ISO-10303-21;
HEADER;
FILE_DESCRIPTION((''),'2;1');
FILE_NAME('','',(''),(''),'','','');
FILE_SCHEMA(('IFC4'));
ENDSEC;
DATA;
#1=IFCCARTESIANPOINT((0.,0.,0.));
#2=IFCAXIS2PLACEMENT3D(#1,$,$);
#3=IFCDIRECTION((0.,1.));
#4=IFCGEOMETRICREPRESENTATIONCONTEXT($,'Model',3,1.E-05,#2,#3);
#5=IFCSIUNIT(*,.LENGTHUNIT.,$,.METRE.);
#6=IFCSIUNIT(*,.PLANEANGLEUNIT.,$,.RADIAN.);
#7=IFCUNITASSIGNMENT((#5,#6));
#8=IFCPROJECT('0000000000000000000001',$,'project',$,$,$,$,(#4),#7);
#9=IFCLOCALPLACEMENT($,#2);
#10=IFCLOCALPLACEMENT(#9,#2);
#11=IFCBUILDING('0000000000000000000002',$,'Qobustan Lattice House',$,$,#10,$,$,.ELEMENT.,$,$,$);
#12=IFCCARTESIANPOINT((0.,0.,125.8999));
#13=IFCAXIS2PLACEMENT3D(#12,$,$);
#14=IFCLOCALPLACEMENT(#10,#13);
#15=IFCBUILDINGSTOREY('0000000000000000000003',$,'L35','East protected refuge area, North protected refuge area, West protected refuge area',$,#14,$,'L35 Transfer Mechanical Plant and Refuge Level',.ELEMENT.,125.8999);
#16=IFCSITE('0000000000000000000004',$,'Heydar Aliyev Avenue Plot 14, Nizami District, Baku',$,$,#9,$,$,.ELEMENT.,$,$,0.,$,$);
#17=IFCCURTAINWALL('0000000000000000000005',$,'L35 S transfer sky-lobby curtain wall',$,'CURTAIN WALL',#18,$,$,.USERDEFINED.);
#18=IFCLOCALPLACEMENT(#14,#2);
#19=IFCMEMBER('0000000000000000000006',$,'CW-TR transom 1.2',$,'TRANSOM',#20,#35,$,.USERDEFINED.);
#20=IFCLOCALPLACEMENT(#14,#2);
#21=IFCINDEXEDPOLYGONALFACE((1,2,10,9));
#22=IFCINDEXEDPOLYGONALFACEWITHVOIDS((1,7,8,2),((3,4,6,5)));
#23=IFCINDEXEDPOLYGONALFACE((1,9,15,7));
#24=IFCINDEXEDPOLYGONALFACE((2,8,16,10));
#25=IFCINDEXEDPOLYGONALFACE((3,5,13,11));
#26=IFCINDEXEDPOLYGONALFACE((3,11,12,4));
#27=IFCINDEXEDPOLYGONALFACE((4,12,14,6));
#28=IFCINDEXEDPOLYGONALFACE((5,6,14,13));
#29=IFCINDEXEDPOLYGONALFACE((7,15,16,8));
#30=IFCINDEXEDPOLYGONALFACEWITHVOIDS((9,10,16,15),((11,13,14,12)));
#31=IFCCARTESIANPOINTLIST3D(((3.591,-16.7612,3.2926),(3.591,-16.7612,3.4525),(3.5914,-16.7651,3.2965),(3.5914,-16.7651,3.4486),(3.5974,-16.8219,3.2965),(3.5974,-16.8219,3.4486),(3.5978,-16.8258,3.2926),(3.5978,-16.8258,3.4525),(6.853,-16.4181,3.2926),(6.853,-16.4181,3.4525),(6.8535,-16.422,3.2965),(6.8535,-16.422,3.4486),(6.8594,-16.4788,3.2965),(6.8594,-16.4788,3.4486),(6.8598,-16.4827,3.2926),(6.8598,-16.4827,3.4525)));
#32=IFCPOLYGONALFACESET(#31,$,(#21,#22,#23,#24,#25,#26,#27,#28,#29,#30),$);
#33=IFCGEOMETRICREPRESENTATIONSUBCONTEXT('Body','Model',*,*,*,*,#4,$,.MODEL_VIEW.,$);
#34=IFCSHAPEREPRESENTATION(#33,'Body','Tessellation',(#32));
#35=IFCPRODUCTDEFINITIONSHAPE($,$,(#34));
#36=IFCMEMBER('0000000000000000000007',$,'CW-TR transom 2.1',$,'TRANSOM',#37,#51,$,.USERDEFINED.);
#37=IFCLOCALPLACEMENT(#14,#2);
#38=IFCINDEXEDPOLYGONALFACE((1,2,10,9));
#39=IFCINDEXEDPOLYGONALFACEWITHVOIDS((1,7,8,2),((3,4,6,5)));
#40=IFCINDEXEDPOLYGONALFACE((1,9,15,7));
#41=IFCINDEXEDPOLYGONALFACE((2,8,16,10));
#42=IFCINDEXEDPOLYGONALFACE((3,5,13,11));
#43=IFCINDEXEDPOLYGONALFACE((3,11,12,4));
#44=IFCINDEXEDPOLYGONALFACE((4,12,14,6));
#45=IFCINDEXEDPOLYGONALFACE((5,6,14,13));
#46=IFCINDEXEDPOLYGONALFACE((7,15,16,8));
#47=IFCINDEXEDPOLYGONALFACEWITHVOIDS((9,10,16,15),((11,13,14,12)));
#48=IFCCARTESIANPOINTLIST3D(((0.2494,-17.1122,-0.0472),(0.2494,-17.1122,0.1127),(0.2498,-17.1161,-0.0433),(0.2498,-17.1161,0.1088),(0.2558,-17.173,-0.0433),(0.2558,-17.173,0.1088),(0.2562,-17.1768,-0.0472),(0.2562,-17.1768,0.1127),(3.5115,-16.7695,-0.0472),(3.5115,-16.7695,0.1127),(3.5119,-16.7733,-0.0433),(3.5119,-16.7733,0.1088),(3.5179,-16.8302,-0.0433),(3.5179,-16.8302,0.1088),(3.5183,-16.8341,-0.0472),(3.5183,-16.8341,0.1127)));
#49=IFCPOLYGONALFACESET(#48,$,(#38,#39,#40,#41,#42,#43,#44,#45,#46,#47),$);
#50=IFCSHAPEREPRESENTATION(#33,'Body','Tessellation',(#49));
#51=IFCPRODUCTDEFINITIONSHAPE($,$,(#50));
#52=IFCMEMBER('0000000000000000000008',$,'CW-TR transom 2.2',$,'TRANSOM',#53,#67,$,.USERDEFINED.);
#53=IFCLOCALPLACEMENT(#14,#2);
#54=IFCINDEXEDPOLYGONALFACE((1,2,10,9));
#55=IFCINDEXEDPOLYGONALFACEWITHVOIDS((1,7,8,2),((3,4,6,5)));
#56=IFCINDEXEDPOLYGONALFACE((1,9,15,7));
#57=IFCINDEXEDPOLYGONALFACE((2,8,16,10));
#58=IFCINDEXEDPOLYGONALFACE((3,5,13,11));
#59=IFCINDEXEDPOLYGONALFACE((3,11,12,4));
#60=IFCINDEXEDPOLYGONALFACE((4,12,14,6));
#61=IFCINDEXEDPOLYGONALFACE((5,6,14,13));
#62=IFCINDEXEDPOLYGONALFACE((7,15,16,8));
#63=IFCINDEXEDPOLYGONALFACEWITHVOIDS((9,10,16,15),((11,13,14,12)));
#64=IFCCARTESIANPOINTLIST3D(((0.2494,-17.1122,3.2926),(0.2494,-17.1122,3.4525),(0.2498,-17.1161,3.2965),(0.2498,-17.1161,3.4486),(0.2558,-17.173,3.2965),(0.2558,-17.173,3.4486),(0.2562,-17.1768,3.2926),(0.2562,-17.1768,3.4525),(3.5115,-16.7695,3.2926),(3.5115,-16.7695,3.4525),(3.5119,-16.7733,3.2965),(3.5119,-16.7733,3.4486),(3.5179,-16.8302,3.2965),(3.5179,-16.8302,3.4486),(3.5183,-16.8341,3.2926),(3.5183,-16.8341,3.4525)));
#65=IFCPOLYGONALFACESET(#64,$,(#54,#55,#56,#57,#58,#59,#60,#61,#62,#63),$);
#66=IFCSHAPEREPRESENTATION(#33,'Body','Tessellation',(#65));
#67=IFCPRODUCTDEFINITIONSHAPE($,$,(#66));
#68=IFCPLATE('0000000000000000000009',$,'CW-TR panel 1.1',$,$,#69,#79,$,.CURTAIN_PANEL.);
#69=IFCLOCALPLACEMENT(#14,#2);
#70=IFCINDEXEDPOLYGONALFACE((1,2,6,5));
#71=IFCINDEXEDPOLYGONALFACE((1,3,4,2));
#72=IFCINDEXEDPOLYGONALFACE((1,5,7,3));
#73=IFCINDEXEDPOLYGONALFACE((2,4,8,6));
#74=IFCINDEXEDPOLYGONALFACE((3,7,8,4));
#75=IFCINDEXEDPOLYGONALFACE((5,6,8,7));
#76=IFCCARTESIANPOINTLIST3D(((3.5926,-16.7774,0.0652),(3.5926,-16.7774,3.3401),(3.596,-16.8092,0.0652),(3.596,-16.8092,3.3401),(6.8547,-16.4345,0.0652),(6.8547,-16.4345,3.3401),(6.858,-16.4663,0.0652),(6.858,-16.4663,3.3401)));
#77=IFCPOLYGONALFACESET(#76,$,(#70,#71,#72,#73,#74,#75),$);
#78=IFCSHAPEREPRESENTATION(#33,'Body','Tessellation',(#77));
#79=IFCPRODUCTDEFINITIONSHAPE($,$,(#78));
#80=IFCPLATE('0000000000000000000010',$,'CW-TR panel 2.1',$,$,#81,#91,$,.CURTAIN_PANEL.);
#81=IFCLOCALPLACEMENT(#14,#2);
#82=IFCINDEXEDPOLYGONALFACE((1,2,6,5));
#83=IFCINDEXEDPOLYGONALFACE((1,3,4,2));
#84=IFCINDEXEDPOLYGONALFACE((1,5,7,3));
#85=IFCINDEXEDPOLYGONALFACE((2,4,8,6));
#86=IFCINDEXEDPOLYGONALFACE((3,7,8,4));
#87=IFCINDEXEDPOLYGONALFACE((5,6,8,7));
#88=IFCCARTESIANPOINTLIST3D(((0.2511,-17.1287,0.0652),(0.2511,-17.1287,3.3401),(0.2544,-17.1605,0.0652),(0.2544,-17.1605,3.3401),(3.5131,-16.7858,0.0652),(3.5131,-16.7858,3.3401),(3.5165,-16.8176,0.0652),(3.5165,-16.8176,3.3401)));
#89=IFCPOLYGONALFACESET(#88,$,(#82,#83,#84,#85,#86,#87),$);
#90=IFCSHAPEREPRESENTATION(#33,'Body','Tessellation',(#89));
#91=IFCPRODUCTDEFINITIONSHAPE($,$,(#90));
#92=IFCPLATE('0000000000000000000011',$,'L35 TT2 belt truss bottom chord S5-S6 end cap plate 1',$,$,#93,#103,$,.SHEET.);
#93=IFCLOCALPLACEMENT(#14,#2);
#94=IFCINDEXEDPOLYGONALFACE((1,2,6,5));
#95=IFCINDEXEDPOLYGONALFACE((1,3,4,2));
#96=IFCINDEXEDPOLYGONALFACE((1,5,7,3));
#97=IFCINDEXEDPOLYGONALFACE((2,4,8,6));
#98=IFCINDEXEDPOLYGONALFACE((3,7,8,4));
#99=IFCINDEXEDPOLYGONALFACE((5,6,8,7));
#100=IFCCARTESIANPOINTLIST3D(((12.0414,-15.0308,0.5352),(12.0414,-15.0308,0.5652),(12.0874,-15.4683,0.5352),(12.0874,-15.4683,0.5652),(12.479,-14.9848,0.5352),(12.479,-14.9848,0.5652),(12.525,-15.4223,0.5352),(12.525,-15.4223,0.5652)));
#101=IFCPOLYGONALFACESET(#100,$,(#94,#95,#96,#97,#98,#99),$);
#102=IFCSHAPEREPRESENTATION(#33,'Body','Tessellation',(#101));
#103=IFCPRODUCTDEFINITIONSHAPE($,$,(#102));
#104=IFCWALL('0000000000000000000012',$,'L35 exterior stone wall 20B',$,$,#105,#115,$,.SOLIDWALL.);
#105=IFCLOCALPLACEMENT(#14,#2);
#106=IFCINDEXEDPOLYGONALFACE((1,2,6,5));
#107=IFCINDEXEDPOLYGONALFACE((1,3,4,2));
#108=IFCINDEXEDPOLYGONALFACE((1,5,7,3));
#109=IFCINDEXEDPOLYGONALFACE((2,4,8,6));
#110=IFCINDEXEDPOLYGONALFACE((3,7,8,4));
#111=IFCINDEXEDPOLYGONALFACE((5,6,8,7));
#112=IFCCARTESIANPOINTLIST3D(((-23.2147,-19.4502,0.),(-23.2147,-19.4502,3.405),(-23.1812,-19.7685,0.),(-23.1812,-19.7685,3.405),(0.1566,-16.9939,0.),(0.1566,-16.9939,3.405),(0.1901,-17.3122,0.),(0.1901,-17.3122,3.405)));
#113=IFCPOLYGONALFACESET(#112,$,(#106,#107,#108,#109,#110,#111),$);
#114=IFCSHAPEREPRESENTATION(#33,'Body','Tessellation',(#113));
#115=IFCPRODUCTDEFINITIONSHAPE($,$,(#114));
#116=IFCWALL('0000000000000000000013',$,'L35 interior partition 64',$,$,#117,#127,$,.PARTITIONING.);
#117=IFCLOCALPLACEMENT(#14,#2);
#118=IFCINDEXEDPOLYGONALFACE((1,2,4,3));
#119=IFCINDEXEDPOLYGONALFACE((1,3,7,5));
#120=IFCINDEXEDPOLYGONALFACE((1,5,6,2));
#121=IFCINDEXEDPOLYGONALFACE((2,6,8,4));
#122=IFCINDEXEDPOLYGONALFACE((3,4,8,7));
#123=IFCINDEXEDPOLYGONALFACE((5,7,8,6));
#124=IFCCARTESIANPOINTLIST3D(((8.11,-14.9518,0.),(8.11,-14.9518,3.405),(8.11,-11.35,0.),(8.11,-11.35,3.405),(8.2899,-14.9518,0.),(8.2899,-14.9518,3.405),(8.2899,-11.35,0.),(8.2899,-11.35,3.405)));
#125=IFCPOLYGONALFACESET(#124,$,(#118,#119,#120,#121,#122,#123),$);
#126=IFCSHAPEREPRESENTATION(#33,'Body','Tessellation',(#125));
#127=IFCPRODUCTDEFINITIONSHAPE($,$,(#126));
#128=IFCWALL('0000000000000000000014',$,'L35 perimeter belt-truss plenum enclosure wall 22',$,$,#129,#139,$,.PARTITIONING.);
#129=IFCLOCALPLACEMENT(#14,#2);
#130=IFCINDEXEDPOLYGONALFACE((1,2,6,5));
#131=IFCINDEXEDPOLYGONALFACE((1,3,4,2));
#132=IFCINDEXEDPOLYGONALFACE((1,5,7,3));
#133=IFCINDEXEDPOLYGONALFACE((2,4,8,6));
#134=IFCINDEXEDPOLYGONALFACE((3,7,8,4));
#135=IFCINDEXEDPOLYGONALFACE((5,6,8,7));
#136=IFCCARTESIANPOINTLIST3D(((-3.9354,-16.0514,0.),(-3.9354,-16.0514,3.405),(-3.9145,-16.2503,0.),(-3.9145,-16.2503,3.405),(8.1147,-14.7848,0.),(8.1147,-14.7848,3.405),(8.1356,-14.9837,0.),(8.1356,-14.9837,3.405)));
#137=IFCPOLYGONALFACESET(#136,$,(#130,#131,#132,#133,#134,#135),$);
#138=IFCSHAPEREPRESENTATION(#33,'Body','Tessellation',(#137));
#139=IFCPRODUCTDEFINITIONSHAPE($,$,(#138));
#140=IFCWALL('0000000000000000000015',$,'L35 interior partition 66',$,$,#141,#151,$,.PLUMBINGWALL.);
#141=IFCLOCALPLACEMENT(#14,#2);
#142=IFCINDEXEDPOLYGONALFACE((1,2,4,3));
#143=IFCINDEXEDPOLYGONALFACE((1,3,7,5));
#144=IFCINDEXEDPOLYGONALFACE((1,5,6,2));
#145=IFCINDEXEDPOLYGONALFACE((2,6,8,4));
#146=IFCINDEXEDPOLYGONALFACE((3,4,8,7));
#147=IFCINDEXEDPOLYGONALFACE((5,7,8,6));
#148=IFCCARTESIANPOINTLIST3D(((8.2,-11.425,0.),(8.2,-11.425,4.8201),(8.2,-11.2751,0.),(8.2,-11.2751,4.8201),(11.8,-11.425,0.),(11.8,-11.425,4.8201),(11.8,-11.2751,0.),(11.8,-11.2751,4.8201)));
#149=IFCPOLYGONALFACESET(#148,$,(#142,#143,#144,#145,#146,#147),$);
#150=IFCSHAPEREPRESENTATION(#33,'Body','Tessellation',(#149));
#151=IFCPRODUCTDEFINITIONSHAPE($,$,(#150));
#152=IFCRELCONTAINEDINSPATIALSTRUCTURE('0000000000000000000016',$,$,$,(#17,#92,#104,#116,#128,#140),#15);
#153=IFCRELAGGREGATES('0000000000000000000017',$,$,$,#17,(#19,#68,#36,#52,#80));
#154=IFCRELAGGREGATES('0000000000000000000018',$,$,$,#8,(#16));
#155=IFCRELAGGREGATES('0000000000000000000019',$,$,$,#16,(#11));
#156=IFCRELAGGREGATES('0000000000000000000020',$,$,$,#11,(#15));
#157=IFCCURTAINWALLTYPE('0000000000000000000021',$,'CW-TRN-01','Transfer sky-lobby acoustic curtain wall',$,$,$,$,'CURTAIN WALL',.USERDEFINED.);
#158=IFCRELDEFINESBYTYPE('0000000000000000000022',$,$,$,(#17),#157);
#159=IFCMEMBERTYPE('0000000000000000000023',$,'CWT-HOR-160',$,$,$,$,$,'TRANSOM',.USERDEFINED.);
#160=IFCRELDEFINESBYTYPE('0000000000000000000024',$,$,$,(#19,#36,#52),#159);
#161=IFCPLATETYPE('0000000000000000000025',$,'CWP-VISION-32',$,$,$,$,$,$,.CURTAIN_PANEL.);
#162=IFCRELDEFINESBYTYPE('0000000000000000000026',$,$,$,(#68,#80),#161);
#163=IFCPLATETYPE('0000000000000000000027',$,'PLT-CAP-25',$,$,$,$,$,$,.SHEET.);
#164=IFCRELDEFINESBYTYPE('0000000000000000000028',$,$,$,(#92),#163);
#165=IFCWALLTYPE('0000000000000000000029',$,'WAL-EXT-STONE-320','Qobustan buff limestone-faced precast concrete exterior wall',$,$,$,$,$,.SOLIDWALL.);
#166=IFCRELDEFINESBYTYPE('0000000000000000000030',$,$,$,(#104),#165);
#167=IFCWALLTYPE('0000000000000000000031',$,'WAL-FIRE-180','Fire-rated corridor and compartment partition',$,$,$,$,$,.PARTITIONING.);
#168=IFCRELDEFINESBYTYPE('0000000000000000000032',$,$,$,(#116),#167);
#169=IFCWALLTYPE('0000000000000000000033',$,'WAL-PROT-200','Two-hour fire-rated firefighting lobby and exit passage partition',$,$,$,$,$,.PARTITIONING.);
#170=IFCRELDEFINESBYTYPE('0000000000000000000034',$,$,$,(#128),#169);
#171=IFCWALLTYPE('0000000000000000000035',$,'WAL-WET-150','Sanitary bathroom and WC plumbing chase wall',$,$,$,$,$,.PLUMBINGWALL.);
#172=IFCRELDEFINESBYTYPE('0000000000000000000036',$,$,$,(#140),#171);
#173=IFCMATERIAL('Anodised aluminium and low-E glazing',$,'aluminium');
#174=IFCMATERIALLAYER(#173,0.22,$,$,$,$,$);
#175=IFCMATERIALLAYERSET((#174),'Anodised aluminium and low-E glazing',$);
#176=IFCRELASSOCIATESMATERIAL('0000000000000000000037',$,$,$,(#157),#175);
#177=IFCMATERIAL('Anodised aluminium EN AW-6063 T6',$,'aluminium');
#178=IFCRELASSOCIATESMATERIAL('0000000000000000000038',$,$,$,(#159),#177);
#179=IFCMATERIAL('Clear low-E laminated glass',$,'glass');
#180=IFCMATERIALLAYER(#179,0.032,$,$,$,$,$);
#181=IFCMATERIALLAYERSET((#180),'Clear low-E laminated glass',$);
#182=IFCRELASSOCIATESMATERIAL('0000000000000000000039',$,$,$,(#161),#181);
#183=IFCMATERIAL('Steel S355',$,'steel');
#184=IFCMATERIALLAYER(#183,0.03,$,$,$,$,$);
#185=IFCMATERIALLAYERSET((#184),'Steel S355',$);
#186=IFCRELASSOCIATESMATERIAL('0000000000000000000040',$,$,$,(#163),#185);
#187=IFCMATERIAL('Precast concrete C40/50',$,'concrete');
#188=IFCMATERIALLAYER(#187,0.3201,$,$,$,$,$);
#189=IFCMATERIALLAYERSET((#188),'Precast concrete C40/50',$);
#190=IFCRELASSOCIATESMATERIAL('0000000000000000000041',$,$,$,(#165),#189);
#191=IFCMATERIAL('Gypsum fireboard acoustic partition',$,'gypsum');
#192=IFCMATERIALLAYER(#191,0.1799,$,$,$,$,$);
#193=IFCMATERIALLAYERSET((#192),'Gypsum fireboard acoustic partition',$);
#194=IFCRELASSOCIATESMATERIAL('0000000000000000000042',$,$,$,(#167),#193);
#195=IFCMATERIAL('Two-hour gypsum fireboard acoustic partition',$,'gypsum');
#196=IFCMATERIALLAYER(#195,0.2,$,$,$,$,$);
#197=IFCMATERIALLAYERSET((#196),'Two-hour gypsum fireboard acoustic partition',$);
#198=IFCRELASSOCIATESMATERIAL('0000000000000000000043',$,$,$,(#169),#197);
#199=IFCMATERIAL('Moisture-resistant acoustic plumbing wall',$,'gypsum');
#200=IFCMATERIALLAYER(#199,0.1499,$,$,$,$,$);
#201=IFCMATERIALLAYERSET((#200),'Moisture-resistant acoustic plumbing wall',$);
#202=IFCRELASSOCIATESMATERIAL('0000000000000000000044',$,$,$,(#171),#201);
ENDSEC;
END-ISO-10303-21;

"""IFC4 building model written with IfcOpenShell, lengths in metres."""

from ifc_helpers import new_model, si_unit, direction, frame, frame_2d, origin, origin_2d, place, context, subcontext, project, spatial, rectangle, hollow_rectangle, extrude, material, layer, layer_set, material_profile, profile_set, type_object, element, aggregate, save


model = new_model("IFC4")

# Units and contexts
model_context = context("Model", 3, precision=1e-05, world=origin(), true_north=direction((0.0, 1.0)))
body_context = subcontext(model_context, "Body", "Model", "MODEL_VIEW")
ifc_project = project(units=[si_unit("LENGTHUNIT", "METRE"), si_unit("PLANEANGLEUNIT", "RADIAN")], contexts=[model_context])

# Site, building, storey
site_placement = place(None, origin())
site = spatial("IfcSite", under=ifc_project, at=site_placement, Name="Heydar Aliyev Avenue Plot 14, Nizami District, Baku", CompositionType="ELEMENT", RefElevation=0.0)
building_placement = place(site_placement, origin())
building = spatial("IfcBuilding", under=site, at=building_placement, Name="Qobustan Lattice House", CompositionType="ELEMENT")
storey_placement = place(building_placement, frame((0.0, 0.0, 125.8999)))
storey = spatial("IfcBuildingStorey", under=building, at=storey_placement, Name="L35", Description="East protected refuge area, North protected refuge area, West protected refuge area", LongName="L35 Transfer Mechanical Plant and Refuge Level", CompositionType="ELEMENT", Elevation=125.8999)

# Curtain wall, members, plates
ifc_material_1 = material(Name="Anodised aluminium and low-E glazing", Category="aluminium")
ifc_layer_1 = layer(ifc_material_1, 0.22)
ifc_layer_set_1 = layer_set([ifc_layer_1], Name="Anodised aluminium and low-E glazing")
curtain_wall_type = type_object("IfcCurtainWallType", Name="CW-TRN-01", Description="Transfer sky-lobby acoustic curtain wall", ElementType="CURTAIN WALL", PredefinedType="USERDEFINED", material=ifc_layer_set_1)
curtain_wall_placement = place(storey_placement, origin())
curtain_wall = element("IfcCurtainWall", 1, at=curtain_wall_placement, inside=storey, type_object=curtain_wall_type, Name="L35 S transfer sky-lobby curtain wall", ObjectType="CURTAIN WALL", PredefinedType="USERDEFINED")
ifc_material_2 = material(Name="Anodised aluminium EN AW-6063 T6", Category="aluminium")
ifc_material_profile_1 = material_profile(ifc_material_2, hollow_rectangle(XDim=0.0649, YDim=0.1599, WallThickness=0.0039, at=origin_2d()), Name="CWT-160x65")
ifc_profile_set_1 = profile_set([ifc_material_profile_1], Name="Anodised aluminium EN AW-6063 T6")
member_type_1 = type_object("IfcMemberType", Name="CWT-HOR-160", ElementType="TRANSOM", PredefinedType="USERDEFINED", material=ifc_profile_set_1)
member_1_placement = place(storey_placement, frame((6.8564, -16.4504, 3.3726), z_axis=(-0.994516, -0.10458, 0.0), x_axis=(0.10458, -0.994516, 0.0)))
member_1 = element("IfcMember", 2, at=member_1_placement, type_object=member_type_1, Name="CW-TR transom 1.2", ObjectType="TRANSOM", PredefinedType="USERDEFINED", context=body_context, shape_type="SweptSolid", body=[
    extrude(hollow_rectangle(XDim=0.0649, YDim=0.1599, WallThickness=0.0039, at=origin_2d()), origin(), (0.0, 0.0, 1.0), 3.28),
])
member_2_placement = place(storey_placement, frame((3.5149, -16.8018, 0.0327), z_axis=(-0.994524, -0.104507, 0.0), x_axis=(0.104507, -0.994524, 0.0)))
member_2 = element("IfcMember", 3, at=member_2_placement, type_object=member_type_1, Name="CW-TR transom 2.1", ObjectType="TRANSOM", PredefinedType="USERDEFINED", context=body_context, shape_type="SweptSolid", body=[
    extrude(hollow_rectangle(XDim=0.0649, YDim=0.1599, WallThickness=0.0039, at=origin_2d()), origin(), (0.0, 0.0, 1.0), 3.28),
])
member_3_placement = place(storey_placement, frame((3.5149, -16.8018, 3.3726), z_axis=(-0.994524, -0.104507, 0.0), x_axis=(0.104507, -0.994524, 0.0)))
member_3 = element("IfcMember", 4, at=member_3_placement, type_object=member_type_1, Name="CW-TR transom 2.2", ObjectType="TRANSOM", PredefinedType="USERDEFINED", context=body_context, shape_type="SweptSolid", body=[
    extrude(hollow_rectangle(XDim=0.0649, YDim=0.1599, WallThickness=0.0039, at=origin_2d()), origin(), (0.0, 0.0, 1.0), 3.28),
])
ifc_material_3 = material(Name="Clear low-E laminated glass", Category="glass")
ifc_layer_2 = layer(ifc_material_3, 0.032)
ifc_layer_set_2 = layer_set([ifc_layer_2], Name="Clear low-E laminated glass")
plate_type_1 = type_object("IfcPlateType", Name="CWP-VISION-32", PredefinedType="CURTAIN_PANEL", material=ifc_layer_set_2)
plate_1_placement = place(storey_placement, frame((5.2253, -16.6218, 0.0652), z_axis=(0.0, 0.0, 1.0), x_axis=(-0.99452, -0.104545, 0.0)))
plate_1 = element("IfcPlate", 5, at=plate_1_placement, type_object=plate_type_1, Name="CW-TR panel 1.1", PredefinedType="CURTAIN_PANEL", context=body_context, shape_type="SweptSolid", body=[
    extrude(rectangle(XDim=3.28, YDim=0.032, at=origin_2d()), origin(), (0.0, 0.0, 1.0), 3.2749),
])
plate_2_placement = place(storey_placement, frame((1.8838, -16.9731, 0.0652), z_axis=(0.0, 0.0, 1.0), x_axis=(-0.99452, -0.104545, 0.0)))
plate_2 = element("IfcPlate", 6, at=plate_2_placement, type_object=plate_type_1, Name="CW-TR panel 2.1", PredefinedType="CURTAIN_PANEL", context=body_context, shape_type="SweptSolid", body=[
    extrude(rectangle(XDim=3.28, YDim=0.032, at=origin_2d()), origin(), (0.0, 0.0, 1.0), 3.2749),
])
aggregate(curtain_wall, [member_1, plate_1, member_2, member_3, plate_2])

# Plate
ifc_material_4 = material(Name="Steel S355", Category="steel")
ifc_layer_3 = layer(ifc_material_4, 0.03)
ifc_layer_set_3 = layer_set([ifc_layer_3], Name="Steel S355")
plate_type_2 = type_object("IfcPlateType", Name="PLT-CAP-25", PredefinedType="SHEET", material=ifc_layer_set_3)
plate_3_placement = place(storey_placement, frame((12.2832, -15.2266, 0.5352), z_axis=(0.0, 0.0, 1.0), x_axis=(0.994524, 0.104511, 0.0)))
element("IfcPlate", 7, at=plate_3_placement, inside=storey, type_object=plate_type_2, Name="L35 TT2 belt truss bottom chord S5-S6 end cap plate 1", PredefinedType="SHEET", context=body_context, shape_type="SweptSolid", body=[
    extrude(rectangle(XDim=0.4399, YDim=0.4399, at=origin_2d()), origin(), (0.0, 0.0, 1.0), 0.03),
])

# Walls
ifc_material_5 = material(Name="Precast concrete C40/50", Category="concrete")
ifc_layer_4 = layer(ifc_material_5, 0.3201)
ifc_layer_set_4 = layer_set([ifc_layer_4], Name="Precast concrete C40/50")
wall_type_1 = type_object("IfcWallType", Name="WAL-EXT-STONE-320", Description="Qobustan buff limestone-faced precast concrete exterior wall", PredefinedType="SOLIDWALL", material=ifc_layer_set_4)
wall_1_placement = place(storey_placement, frame((0.1733, -17.1531, 0.0), z_axis=(0.0, 0.0, 1.0), x_axis=(-0.994522, -0.104523, 0.0)))
element("IfcWall", 8, at=wall_1_placement, inside=storey, type_object=wall_type_1, Name="L35 exterior stone wall 20B", PredefinedType="SOLIDWALL", context=body_context, shape_type="SweptSolid", body=[
    extrude(rectangle(XDim=23.5, YDim=0.3201, at=frame_2d((11.75, 0.0))), origin(), (0.0, 0.0, 1.0), 3.405),
])
ifc_material_6 = material(Name="Gypsum fireboard acoustic partition", Category="gypsum")
ifc_layer_5 = layer(ifc_material_6, 0.1799)
ifc_layer_set_5 = layer_set([ifc_layer_5], Name="Gypsum fireboard acoustic partition")
wall_type_2 = type_object("IfcWallType", Name="WAL-FIRE-180", Description="Fire-rated corridor and compartment partition", PredefinedType="PARTITIONING", material=ifc_layer_set_5)
wall_2_placement = place(storey_placement, frame((8.2, -11.3501, 0.0), z_axis=(0.0, 0.0, 1.0), x_axis=(0.0, -1.0, 0.0)))
element("IfcWall", 9, at=wall_2_placement, inside=storey, type_object=wall_type_2, Name="L35 interior partition 64", PredefinedType="PARTITIONING", context=body_context, shape_type="SweptSolid", body=[
    extrude(rectangle(XDim=3.6018, YDim=0.1799, at=frame_2d((1.8008, 0.0))), origin(), (0.0, 0.0, 1.0), 3.405),
])
ifc_material_7 = material(Name="Two-hour gypsum fireboard acoustic partition", Category="gypsum")
ifc_layer_6 = layer(ifc_material_7, 0.2)
ifc_layer_set_6 = layer_set([ifc_layer_6], Name="Two-hour gypsum fireboard acoustic partition")
wall_type_3 = type_object("IfcWallType", Name="WAL-PROT-200", Description="Two-hour fire-rated firefighting lobby and exit passage partition", PredefinedType="PARTITIONING", material=ifc_layer_set_6)
wall_3_placement = place(storey_placement, frame((8.125, -14.8843, 0.0), z_axis=(0.0, 0.0, 1.0), x_axis=(-0.994521, -0.104536, 0.0)))
element("IfcWall", 10, at=wall_3_placement, inside=storey, type_object=wall_type_3, Name="L35 perimeter belt-truss plenum enclosure wall 22", PredefinedType="PARTITIONING", context=body_context, shape_type="SweptSolid", body=[
    extrude(rectangle(XDim=12.1165, YDim=0.2, at=frame_2d((6.0581, 0.0))), origin(), (0.0, 0.0, 1.0), 3.405),
])
ifc_material_8 = material(Name="Moisture-resistant acoustic plumbing wall", Category="gypsum")
ifc_layer_7 = layer(ifc_material_8, 0.1499)
ifc_layer_set_7 = layer_set([ifc_layer_7], Name="Moisture-resistant acoustic plumbing wall")
wall_type_4 = type_object("IfcWallType", Name="WAL-WET-150", Description="Sanitary bathroom and WC plumbing chase wall", PredefinedType="PLUMBINGWALL", material=ifc_layer_set_7)
wall_4_placement = place(storey_placement, frame((11.8, -11.3501, 0.0), z_axis=(0.0, 0.0, 1.0), x_axis=(-1.0, 0.0, 0.0)))
element("IfcWall", 11, at=wall_4_placement, inside=storey, type_object=wall_type_4, Name="L35 interior partition 66", PredefinedType="PLUMBINGWALL", context=body_context, shape_type="SweptSolid", body=[
    extrude(rectangle(XDim=3.6001, YDim=0.1499, at=frame_2d((1.8, 0.0))), origin(), (0.0, 0.0, 1.0), 4.8201),
])

save(model, "model.ifc")
